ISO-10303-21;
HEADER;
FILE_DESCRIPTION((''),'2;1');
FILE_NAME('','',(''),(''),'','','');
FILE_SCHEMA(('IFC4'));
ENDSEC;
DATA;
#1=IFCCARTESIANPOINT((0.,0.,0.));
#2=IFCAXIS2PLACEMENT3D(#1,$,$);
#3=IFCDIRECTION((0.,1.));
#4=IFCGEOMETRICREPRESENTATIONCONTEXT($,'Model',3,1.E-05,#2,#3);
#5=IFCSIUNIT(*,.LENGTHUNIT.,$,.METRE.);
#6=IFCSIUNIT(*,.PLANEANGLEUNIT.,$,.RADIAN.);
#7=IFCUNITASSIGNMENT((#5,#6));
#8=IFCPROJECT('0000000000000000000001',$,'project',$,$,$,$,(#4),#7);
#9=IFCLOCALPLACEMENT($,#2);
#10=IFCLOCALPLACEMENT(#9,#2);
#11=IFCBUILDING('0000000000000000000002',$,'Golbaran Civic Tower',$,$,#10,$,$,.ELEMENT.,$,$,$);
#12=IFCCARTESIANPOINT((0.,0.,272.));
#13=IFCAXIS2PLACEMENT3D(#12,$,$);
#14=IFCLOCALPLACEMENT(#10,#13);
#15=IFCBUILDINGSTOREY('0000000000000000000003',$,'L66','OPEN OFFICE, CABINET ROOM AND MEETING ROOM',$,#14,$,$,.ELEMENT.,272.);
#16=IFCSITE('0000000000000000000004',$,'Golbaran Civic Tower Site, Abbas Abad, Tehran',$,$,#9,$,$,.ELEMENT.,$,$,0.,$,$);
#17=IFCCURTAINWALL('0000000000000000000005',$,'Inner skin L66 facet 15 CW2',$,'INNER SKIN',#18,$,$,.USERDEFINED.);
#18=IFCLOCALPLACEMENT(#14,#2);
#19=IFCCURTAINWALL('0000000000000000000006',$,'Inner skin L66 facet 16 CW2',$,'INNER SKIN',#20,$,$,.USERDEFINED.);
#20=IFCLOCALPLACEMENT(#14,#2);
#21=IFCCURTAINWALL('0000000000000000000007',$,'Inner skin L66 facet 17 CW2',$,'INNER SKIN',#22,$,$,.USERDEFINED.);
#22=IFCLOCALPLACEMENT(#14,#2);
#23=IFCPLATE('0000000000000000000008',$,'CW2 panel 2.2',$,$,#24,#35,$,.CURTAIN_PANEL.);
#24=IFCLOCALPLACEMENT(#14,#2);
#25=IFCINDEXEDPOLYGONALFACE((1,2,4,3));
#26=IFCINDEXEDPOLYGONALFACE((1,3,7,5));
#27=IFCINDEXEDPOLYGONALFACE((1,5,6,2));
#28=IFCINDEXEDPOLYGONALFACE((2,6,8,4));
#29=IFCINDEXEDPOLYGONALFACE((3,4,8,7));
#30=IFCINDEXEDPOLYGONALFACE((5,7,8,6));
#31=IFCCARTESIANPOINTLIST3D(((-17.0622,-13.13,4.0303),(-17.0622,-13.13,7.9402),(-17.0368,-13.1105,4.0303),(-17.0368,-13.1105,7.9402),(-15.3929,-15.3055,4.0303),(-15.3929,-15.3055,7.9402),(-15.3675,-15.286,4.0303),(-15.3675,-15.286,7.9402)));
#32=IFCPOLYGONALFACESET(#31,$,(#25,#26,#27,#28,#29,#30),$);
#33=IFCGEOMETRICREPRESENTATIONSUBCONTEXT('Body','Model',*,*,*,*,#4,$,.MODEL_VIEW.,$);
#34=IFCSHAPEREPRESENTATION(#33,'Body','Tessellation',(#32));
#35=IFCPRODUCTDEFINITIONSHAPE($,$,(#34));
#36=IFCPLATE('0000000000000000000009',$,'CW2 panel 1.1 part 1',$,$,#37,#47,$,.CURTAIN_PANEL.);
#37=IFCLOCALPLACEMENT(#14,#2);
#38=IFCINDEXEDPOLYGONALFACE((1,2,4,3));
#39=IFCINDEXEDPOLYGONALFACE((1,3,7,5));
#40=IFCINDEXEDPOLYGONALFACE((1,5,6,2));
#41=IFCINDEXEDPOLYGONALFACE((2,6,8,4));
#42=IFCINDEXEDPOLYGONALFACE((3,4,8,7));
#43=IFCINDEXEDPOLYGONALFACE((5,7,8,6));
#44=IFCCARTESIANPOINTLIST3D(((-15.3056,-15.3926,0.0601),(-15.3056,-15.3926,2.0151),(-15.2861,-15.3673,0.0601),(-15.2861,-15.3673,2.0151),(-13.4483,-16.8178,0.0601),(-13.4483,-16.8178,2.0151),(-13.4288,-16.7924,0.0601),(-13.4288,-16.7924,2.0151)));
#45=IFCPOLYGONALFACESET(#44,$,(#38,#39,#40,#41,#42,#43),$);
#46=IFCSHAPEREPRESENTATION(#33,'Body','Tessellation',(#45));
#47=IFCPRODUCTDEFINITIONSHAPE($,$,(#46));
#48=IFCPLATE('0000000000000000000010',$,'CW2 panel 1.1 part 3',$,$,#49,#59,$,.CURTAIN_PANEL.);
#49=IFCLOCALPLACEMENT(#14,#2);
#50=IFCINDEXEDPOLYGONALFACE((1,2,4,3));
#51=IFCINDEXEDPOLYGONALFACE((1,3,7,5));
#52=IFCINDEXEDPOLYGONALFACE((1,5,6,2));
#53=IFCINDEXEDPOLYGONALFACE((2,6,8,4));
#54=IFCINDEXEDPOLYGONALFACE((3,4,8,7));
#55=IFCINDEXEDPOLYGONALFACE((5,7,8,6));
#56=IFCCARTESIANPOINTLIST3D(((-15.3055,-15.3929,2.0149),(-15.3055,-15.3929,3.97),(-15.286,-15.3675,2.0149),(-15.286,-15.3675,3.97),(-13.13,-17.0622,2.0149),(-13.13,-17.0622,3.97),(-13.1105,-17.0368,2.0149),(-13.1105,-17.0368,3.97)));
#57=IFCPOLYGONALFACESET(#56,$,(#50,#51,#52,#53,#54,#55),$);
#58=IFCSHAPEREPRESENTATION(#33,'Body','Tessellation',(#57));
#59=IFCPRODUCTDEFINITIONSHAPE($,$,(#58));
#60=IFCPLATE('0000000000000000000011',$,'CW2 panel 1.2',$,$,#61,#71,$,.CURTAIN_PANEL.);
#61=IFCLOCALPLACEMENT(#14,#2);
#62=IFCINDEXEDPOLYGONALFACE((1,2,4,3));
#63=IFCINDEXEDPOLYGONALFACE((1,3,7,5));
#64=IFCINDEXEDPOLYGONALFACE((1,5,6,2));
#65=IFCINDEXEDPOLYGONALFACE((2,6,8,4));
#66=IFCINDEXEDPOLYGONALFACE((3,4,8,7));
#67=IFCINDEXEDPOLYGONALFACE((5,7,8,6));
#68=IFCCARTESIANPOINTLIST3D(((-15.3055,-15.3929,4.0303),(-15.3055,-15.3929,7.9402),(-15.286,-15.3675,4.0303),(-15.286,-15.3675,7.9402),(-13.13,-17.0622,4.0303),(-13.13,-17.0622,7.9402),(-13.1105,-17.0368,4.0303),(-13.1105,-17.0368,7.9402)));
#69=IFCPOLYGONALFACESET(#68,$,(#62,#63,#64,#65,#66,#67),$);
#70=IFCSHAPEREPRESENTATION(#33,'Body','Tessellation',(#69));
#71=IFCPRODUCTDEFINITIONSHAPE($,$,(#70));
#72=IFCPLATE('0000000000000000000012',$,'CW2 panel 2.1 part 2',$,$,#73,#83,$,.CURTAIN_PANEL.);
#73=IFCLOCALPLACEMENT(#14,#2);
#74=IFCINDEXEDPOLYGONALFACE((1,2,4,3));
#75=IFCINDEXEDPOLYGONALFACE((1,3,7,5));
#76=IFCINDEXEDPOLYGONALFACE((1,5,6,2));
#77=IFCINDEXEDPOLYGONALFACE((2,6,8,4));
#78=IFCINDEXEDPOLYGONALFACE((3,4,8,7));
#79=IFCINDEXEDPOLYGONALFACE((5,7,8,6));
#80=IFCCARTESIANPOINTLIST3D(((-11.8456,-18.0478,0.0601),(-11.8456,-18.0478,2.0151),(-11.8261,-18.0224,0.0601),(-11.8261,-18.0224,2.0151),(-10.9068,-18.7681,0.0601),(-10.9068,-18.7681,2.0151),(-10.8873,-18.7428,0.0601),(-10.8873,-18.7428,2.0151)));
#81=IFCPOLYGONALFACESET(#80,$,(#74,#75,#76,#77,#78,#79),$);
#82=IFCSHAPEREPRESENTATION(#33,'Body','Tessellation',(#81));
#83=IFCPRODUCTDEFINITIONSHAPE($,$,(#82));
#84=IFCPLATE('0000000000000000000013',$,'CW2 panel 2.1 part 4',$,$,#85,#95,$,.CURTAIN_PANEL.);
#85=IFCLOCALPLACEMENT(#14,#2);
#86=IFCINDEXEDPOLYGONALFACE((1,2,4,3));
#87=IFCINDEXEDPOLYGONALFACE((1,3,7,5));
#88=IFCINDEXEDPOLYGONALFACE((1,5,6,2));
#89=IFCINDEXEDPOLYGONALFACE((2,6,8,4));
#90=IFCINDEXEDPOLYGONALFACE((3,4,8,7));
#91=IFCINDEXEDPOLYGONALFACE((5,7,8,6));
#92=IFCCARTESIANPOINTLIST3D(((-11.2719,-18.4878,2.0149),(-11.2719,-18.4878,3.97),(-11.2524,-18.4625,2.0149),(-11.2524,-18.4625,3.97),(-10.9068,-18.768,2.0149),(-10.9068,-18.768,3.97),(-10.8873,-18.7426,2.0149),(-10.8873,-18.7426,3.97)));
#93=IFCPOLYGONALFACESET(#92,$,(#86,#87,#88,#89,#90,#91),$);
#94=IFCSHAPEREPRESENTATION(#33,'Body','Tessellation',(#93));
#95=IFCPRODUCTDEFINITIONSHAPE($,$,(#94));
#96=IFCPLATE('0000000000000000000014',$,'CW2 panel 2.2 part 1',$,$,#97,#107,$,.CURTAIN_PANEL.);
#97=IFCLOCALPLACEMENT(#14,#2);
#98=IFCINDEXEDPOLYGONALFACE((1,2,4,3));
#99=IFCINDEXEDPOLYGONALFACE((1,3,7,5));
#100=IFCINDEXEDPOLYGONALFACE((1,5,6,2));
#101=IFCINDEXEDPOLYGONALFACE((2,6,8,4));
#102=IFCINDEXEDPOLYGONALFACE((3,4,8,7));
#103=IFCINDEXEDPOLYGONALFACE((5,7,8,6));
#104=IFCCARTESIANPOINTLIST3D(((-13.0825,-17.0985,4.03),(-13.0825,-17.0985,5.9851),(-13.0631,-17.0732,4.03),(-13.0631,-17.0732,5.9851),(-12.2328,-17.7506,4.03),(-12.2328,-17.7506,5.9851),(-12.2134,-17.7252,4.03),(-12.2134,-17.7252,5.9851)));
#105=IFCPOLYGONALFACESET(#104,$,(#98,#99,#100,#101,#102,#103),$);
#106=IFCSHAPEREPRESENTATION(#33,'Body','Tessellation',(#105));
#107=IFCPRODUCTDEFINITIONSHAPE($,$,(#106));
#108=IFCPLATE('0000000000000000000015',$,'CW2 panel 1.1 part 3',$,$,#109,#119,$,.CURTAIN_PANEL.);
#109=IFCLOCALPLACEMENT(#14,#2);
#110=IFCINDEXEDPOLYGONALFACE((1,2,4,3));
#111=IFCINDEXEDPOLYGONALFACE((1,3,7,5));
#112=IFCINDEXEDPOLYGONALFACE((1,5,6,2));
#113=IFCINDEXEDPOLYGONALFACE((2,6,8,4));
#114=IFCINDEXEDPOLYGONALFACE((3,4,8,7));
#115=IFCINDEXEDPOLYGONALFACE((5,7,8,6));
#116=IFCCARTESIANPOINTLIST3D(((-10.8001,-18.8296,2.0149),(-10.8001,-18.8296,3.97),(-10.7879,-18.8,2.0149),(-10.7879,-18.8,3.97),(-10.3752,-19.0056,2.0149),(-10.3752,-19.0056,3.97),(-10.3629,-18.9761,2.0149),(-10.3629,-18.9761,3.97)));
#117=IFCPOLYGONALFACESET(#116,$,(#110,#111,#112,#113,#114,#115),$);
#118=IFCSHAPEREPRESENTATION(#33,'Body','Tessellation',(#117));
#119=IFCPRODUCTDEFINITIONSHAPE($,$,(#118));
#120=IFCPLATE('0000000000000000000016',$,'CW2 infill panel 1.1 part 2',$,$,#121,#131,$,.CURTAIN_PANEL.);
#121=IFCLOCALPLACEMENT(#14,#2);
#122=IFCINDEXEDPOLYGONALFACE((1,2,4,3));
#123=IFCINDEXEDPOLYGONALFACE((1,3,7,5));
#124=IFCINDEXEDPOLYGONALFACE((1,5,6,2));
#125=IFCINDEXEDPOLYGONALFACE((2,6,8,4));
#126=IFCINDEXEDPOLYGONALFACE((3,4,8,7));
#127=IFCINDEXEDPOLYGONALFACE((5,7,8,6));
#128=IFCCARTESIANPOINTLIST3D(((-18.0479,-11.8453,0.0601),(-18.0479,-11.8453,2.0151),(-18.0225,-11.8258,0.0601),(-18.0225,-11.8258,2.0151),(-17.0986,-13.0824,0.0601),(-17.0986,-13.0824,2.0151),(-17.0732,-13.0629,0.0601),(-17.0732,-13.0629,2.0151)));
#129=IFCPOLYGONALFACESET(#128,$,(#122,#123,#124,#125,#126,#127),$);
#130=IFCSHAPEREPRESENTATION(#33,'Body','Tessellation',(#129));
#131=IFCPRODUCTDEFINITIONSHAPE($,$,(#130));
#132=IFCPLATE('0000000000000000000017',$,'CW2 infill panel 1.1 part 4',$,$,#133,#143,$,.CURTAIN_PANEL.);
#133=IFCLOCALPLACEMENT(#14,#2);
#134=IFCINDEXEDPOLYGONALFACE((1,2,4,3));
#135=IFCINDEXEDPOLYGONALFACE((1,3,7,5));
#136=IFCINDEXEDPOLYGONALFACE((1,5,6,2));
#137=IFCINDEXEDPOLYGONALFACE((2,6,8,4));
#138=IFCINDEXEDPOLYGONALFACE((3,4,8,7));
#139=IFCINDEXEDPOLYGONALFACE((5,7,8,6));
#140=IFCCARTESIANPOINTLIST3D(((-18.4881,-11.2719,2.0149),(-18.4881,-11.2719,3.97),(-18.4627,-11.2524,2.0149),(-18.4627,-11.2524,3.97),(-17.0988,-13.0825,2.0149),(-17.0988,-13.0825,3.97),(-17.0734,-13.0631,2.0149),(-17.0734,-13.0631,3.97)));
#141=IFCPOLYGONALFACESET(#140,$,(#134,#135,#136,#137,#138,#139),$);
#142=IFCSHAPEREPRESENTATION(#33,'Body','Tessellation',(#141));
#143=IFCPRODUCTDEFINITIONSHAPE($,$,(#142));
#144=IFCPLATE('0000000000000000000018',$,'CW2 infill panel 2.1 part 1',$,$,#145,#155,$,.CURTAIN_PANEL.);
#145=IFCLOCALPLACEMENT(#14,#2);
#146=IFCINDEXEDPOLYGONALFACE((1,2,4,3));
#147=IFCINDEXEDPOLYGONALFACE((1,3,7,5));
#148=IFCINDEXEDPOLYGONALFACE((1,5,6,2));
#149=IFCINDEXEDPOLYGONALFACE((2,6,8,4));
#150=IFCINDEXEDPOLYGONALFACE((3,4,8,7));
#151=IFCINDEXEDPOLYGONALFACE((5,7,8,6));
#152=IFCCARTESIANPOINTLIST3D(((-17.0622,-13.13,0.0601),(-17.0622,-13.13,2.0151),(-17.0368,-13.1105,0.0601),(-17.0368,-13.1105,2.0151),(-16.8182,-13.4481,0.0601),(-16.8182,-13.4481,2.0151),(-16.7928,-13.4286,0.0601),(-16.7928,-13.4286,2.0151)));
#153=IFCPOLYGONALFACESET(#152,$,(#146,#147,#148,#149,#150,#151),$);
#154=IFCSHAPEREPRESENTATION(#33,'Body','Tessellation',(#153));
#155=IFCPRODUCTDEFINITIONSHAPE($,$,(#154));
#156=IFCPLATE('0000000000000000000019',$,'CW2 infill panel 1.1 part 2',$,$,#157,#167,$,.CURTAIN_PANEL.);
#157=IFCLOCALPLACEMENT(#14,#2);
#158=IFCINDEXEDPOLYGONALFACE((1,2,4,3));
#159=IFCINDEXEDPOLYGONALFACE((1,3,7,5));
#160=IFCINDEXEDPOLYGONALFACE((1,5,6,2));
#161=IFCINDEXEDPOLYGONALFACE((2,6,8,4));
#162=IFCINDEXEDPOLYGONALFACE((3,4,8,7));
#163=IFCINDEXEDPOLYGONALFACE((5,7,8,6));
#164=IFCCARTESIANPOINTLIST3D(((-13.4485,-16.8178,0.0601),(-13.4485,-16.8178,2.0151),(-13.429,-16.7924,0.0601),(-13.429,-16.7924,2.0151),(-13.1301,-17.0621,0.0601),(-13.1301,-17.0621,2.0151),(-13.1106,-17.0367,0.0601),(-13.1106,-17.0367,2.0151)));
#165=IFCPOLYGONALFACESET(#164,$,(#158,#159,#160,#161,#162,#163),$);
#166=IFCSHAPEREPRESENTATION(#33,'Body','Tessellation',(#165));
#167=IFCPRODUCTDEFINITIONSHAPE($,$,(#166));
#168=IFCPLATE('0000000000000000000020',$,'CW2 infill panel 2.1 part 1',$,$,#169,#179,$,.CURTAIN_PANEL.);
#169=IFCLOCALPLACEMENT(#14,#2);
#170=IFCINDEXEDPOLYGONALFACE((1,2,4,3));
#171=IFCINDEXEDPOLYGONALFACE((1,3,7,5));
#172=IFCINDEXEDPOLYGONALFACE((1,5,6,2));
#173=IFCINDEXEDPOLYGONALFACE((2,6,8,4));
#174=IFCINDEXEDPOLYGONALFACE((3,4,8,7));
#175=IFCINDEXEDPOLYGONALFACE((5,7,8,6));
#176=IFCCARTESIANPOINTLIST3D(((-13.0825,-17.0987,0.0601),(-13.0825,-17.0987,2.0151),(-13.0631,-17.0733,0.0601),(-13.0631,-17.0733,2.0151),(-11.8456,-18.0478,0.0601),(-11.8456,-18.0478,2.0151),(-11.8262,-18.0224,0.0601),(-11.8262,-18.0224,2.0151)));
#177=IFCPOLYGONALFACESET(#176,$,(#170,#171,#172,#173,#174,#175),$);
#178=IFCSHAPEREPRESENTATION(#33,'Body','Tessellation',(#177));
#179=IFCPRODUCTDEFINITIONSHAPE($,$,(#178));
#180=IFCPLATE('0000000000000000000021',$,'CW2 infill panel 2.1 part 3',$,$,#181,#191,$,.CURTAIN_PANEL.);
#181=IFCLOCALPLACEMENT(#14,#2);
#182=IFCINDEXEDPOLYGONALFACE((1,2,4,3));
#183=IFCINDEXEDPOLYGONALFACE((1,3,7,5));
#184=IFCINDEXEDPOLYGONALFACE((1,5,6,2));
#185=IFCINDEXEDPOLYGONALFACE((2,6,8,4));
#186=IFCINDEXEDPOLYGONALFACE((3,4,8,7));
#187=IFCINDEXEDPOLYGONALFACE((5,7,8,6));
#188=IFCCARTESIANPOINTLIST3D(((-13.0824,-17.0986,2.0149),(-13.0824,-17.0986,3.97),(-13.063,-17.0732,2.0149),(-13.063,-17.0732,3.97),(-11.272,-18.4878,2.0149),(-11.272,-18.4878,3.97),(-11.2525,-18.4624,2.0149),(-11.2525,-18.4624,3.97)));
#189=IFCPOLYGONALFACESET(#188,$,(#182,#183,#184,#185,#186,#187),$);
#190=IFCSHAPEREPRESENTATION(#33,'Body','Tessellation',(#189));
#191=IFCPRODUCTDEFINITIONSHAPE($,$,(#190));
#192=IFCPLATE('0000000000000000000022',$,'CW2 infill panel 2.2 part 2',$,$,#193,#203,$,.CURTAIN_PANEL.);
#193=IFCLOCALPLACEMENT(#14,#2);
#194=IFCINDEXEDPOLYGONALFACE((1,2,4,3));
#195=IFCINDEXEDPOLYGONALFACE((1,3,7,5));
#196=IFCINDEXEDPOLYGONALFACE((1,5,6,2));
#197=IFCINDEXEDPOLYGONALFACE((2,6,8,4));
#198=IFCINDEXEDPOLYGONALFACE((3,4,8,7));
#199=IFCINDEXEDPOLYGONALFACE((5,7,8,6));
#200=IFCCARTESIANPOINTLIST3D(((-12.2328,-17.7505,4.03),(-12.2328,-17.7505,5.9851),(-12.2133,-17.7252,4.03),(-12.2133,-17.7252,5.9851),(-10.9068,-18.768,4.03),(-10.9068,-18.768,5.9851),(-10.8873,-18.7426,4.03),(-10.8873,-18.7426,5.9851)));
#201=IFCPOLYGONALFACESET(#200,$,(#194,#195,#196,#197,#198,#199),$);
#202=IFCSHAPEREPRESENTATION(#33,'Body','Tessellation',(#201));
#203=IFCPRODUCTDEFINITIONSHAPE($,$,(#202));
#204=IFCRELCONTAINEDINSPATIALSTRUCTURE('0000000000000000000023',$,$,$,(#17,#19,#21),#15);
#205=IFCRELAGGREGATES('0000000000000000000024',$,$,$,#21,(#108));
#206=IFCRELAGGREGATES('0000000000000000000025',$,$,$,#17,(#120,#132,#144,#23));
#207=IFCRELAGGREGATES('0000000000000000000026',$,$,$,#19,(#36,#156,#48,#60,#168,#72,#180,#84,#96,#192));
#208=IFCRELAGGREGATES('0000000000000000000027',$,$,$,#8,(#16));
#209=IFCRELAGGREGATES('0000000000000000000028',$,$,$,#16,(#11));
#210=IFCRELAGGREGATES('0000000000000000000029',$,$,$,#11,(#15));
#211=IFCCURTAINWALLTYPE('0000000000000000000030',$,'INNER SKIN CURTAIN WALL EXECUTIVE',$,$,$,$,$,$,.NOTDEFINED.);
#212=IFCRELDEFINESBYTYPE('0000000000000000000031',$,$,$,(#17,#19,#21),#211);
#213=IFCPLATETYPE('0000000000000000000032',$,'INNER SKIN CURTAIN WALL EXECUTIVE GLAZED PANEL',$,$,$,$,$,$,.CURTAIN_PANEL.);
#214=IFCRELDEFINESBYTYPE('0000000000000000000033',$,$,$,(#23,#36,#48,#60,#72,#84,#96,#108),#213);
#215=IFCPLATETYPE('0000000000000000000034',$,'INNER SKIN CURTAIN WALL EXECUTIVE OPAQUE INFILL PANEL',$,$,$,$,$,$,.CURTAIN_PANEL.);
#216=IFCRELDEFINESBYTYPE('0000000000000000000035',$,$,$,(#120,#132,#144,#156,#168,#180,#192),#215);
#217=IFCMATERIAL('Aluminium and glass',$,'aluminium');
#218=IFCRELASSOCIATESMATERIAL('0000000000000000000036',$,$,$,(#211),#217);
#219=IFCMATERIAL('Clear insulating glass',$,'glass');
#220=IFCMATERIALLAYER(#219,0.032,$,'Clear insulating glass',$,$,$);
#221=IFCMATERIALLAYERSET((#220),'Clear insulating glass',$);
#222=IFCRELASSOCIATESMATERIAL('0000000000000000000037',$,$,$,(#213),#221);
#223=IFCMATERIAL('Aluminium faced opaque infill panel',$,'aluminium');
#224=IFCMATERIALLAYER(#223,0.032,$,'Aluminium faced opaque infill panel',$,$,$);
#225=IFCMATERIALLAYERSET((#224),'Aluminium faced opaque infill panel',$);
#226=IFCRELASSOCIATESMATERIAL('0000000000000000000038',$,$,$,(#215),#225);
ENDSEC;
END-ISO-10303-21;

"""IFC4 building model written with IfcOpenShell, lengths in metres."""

from ifc_helpers import new_model, si_unit, direction, frame, origin, origin_2d, place, context, subcontext, project, spatial, rectangle, extrude, material, layer, layer_set, type_object, element, aggregate, save


model = new_model("IFC4")

# Units and contexts
model_context = context("Model", 3, precision=1e-05, world=origin(), true_north=direction((0.0, 1.0)))
body_context = subcontext(model_context, "Body", "Model", "MODEL_VIEW")
ifc_project = project(units=[si_unit("LENGTHUNIT", "METRE"), si_unit("PLANEANGLEUNIT", "RADIAN")], contexts=[model_context])

# Site, building, storey
site_placement = place(None, origin())
site = spatial("IfcSite", under=ifc_project, at=site_placement, Name="Golbaran Civic Tower Site, Abbas Abad, Tehran", CompositionType="ELEMENT", RefElevation=0.0)
building_placement = place(site_placement, origin())
building = spatial("IfcBuilding", under=site, at=building_placement, Name="Golbaran Civic Tower", CompositionType="ELEMENT")
storey_placement = place(building_placement, frame((0.0, 0.0, 272.0)))
storey = spatial("IfcBuildingStorey", under=building, at=storey_placement, Name="L66", Description="OPEN OFFICE, CABINET ROOM AND MEETING ROOM", CompositionType="ELEMENT", Elevation=272.0)

# Curtain walls
ifc_material_1 = material(Name="Aluminium and glass", Category="aluminium")
curtain_wall_type = type_object("IfcCurtainWallType", Name="INNER SKIN CURTAIN WALL EXECUTIVE", PredefinedType="NOTDEFINED", material=ifc_material_1)
curtain_wall_1_placement = place(storey_placement, origin())
curtain_wall_1 = element("IfcCurtainWall", 1, at=curtain_wall_1_placement, inside=storey, type_object=curtain_wall_type, Name="Inner skin L66 facet 15 CW2", ObjectType="INNER SKIN", PredefinedType="USERDEFINED")
curtain_wall_2_placement = place(storey_placement, origin())
curtain_wall_2 = element("IfcCurtainWall", 2, at=curtain_wall_2_placement, inside=storey, type_object=curtain_wall_type, Name="Inner skin L66 facet 16 CW2", ObjectType="INNER SKIN", PredefinedType="USERDEFINED")

# Curtain wall
curtain_wall_3_placement = place(storey_placement, origin())
curtain_wall_3 = element("IfcCurtainWall", 3, at=curtain_wall_3_placement, inside=storey, type_object=curtain_wall_type, Name="Inner skin L66 facet 17 CW2", ObjectType="INNER SKIN", PredefinedType="USERDEFINED")

# Plates
ifc_material_2 = material(Name="Clear insulating glass", Category="glass")
ifc_layer_1 = layer(ifc_material_2, 0.032, Name="Clear insulating glass")
ifc_layer_set_1 = layer_set([ifc_layer_1], Name="Clear insulating glass")
plate_type_1 = type_object("IfcPlateType", Name="INNER SKIN CURTAIN WALL EXECUTIVE GLAZED PANEL", PredefinedType="CURTAIN_PANEL", material=ifc_layer_set_1)
plate_1_placement = place(storey_placement, frame((-16.2148, -14.208, 4.0303), z_axis=(0.0, 0.0, 1.0), x_axis=(0.608761, -0.793353, 0.0)))
plate_1 = element("IfcPlate", 4, at=plate_1_placement, type_object=plate_type_1, Name="CW2 panel 2.2", PredefinedType="CURTAIN_PANEL", context=body_context, shape_type="SweptSolid", body=[
    extrude(rectangle(XDim=2.7422, YDim=0.032, at=origin_2d()), origin(), (0.0, 0.0, 1.0), 3.9099),
])
plate_2_placement = place(storey_placement, frame((-14.3672, -16.0925, 0.0601), z_axis=(0.0, 0.0, 1.0), x_axis=(0.793353, -0.608761, 0.0)))
plate_2 = element("IfcPlate", 5, at=plate_2_placement, type_object=plate_type_1, Name="CW2 panel 1.1 part 1", PredefinedType="CURTAIN_PANEL", context=body_context, shape_type="SweptSolid", body=[
    extrude(rectangle(XDim=2.3411, YDim=0.032, at=origin_2d()), origin(), (0.0, 0.0, 1.0), 1.9551),
])
plate_3_placement = place(storey_placement, frame((-14.208, -16.2148, 2.0149), z_axis=(0.0, 0.0, 1.0), x_axis=(0.793353, -0.608761, 0.0)))
plate_3 = element("IfcPlate", 6, at=plate_3_placement, type_object=plate_type_1, Name="CW2 panel 1.1 part 3", PredefinedType="CURTAIN_PANEL", context=body_context, shape_type="SweptSolid", body=[
    extrude(rectangle(XDim=2.7422, YDim=0.032, at=origin_2d()), origin(), (0.0, 0.0, 1.0), 1.9551),
])
plate_4_placement = place(storey_placement, frame((-14.208, -16.2148, 4.0303), z_axis=(0.0, 0.0, 1.0), x_axis=(0.793353, -0.608761, 0.0)))
plate_4 = element("IfcPlate", 7, at=plate_4_placement, type_object=plate_type_1, Name="CW2 panel 1.2", PredefinedType="CURTAIN_PANEL", context=body_context, shape_type="SweptSolid", body=[
    extrude(rectangle(XDim=2.7422, YDim=0.032, at=origin_2d()), origin(), (0.0, 0.0, 1.0), 3.9099),
])
plate_5_placement = place(storey_placement, frame((-11.3665, -18.3953, 0.0601), z_axis=(0.0, 0.0, 1.0), x_axis=(0.793353, -0.608761, 0.0)))
plate_5 = element("IfcPlate", 8, at=plate_5_placement, type_object=plate_type_1, Name="CW2 panel 2.1 part 2", PredefinedType="CURTAIN_PANEL", context=body_context, shape_type="SweptSolid", body=[
    extrude(rectangle(XDim=1.1833, YDim=0.032, at=origin_2d()), origin(), (0.0, 0.0, 1.0), 1.9551),
])
plate_6_placement = place(storey_placement, frame((-11.0796, -18.6152, 2.0149), z_axis=(0.0, 0.0, 1.0), x_axis=(0.793353, -0.608761, 0.0)))
plate_6 = element("IfcPlate", 9, at=plate_6_placement, type_object=plate_type_1, Name="CW2 panel 2.1 part 4", PredefinedType="CURTAIN_PANEL", context=body_context, shape_type="SweptSolid", body=[
    extrude(rectangle(XDim=0.4602, YDim=0.032, at=origin_2d()), origin(), (0.0, 0.0, 1.0), 1.9551),
])
plate_7_placement = place(storey_placement, frame((-12.6479, -17.4119, 4.03), z_axis=(0.0, 0.0, 1.0), x_axis=(0.793353, -0.608761, 0.0)))
plate_7 = element("IfcPlate", 10, at=plate_7_placement, type_object=plate_type_1, Name="CW2 panel 2.2 part 1", PredefinedType="CURTAIN_PANEL", context=body_context, shape_type="SweptSolid", body=[
    extrude(rectangle(XDim=1.071, YDim=0.032, at=origin_2d()), origin(), (0.0, 0.0, 1.0), 1.9551),
])
plate_8_placement = place(storey_placement, frame((-10.5815, -18.9028, 2.0149), z_axis=(0.0, 0.0, 1.0), x_axis=(0.92388, -0.382683, 0.0)))
plate_8 = element("IfcPlate", 11, at=plate_8_placement, type_object=plate_type_1, Name="CW2 panel 1.1 part 3", PredefinedType="CURTAIN_PANEL", context=body_context, shape_type="SweptSolid", body=[
    extrude(rectangle(XDim=0.46, YDim=0.032, at=origin_2d()), origin(), (0.0, 0.0, 1.0), 1.9551),
])
aggregate(curtain_wall_3, [plate_8])
ifc_material_3 = material(Name="Aluminium faced opaque infill panel", Category="aluminium")
ifc_layer_2 = layer(ifc_material_3, 0.032, Name="Aluminium faced opaque infill panel")
ifc_layer_set_2 = layer_set([ifc_layer_2], Name="Aluminium faced opaque infill panel")
plate_type_2 = type_object("IfcPlateType", Name="INNER SKIN CURTAIN WALL EXECUTIVE OPAQUE INFILL PANEL", PredefinedType="CURTAIN_PANEL", material=ifc_layer_set_2)
plate_9_placement = place(storey_placement, frame((-17.5605, -12.4541, 0.0601), z_axis=(0.0, 0.0, 1.0), x_axis=(0.608761, -0.793353, 0.0)))
plate_9 = element("IfcPlate", 12, at=plate_9_placement, type_object=plate_type_2, Name="CW2 infill panel 1.1 part 2", PredefinedType="CURTAIN_PANEL", context=body_context, shape_type="SweptSolid", body=[
    extrude(rectangle(XDim=1.5593, YDim=0.032, at=origin_2d()), origin(), (0.0, 0.0, 1.0), 1.9551),
])
plate_10_placement = place(storey_placement, frame((-17.7808, -12.1675, 2.0149), z_axis=(0.0, 0.0, 1.0), x_axis=(0.608761, -0.793353, 0.0)))
plate_10 = element("IfcPlate", 13, at=plate_10_placement, type_object=plate_type_2, Name="CW2 infill panel 1.1 part 4", PredefinedType="CURTAIN_PANEL", context=body_context, shape_type="SweptSolid", body=[
    extrude(rectangle(XDim=2.2822, YDim=0.032, at=origin_2d()), origin(), (0.0, 0.0, 1.0), 1.9551),
])
plate_11_placement = place(storey_placement, frame((-16.9275, -13.2793, 0.0601), z_axis=(0.0, 0.0, 1.0), x_axis=(0.608761, -0.793353, 0.0)))
plate_11 = element("IfcPlate", 14, at=plate_11_placement, type_object=plate_type_2, Name="CW2 infill panel 2.1 part 1", PredefinedType="CURTAIN_PANEL", context=body_context, shape_type="SweptSolid", body=[
    extrude(rectangle(XDim=0.4009, YDim=0.032, at=origin_2d()), origin(), (0.0, 0.0, 1.0), 1.9551),
])
aggregate(curtain_wall_1, [plate_9, plate_10, plate_11, plate_1])
plate_12_placement = place(storey_placement, frame((-13.2795, -16.9272, 0.0601), z_axis=(0.0, 0.0, 1.0), x_axis=(0.793353, -0.608761, 0.0)))
plate_12 = element("IfcPlate", 15, at=plate_12_placement, type_object=plate_type_2, Name="CW2 infill panel 1.1 part 2", PredefinedType="CURTAIN_PANEL", context=body_context, shape_type="SweptSolid", body=[
    extrude(rectangle(XDim=0.4014, YDim=0.032, at=origin_2d()), origin(), (0.0, 0.0, 1.0), 1.9551),
])
plate_13_placement = place(storey_placement, frame((-12.4543, -17.5605, 0.0601), z_axis=(0.0, 0.0, 1.0), x_axis=(0.793353, -0.608761, 0.0)))
plate_13 = element("IfcPlate", 16, at=plate_13_placement, type_object=plate_type_2, Name="CW2 infill panel 2.1 part 1", PredefinedType="CURTAIN_PANEL", context=body_context, shape_type="SweptSolid", body=[
    extrude(rectangle(XDim=1.5591, YDim=0.032, at=origin_2d()), origin(), (0.0, 0.0, 1.0), 1.9551),
])
plate_14_placement = place(storey_placement, frame((-12.1675, -17.7805, 2.0149), z_axis=(0.0, 0.0, 1.0), x_axis=(0.793353, -0.608761, 0.0)))
plate_14 = element("IfcPlate", 17, at=plate_14_placement, type_object=plate_type_2, Name="CW2 infill panel 2.1 part 3", PredefinedType="CURTAIN_PANEL", context=body_context, shape_type="SweptSolid", body=[
    extrude(rectangle(XDim=2.282, YDim=0.032, at=origin_2d()), origin(), (0.0, 0.0, 1.0), 1.9551),
])
plate_15_placement = place(storey_placement, frame((-11.5601, -18.2466, 4.03), z_axis=(0.0, 0.0, 1.0), x_axis=(0.793353, -0.608761, 0.0)))
plate_15 = element("IfcPlate", 18, at=plate_15_placement, type_object=plate_type_2, Name="CW2 infill panel 2.2 part 2", PredefinedType="CURTAIN_PANEL", context=body_context, shape_type="SweptSolid", body=[
    extrude(rectangle(XDim=1.6714, YDim=0.032, at=origin_2d()), origin(), (0.0, 0.0, 1.0), 1.9551),
])
aggregate(curtain_wall_2, [plate_2, plate_12, plate_3, plate_4, plate_13, plate_5, plate_14, plate_6, plate_7, plate_15])

save(model, "model.ifc")
